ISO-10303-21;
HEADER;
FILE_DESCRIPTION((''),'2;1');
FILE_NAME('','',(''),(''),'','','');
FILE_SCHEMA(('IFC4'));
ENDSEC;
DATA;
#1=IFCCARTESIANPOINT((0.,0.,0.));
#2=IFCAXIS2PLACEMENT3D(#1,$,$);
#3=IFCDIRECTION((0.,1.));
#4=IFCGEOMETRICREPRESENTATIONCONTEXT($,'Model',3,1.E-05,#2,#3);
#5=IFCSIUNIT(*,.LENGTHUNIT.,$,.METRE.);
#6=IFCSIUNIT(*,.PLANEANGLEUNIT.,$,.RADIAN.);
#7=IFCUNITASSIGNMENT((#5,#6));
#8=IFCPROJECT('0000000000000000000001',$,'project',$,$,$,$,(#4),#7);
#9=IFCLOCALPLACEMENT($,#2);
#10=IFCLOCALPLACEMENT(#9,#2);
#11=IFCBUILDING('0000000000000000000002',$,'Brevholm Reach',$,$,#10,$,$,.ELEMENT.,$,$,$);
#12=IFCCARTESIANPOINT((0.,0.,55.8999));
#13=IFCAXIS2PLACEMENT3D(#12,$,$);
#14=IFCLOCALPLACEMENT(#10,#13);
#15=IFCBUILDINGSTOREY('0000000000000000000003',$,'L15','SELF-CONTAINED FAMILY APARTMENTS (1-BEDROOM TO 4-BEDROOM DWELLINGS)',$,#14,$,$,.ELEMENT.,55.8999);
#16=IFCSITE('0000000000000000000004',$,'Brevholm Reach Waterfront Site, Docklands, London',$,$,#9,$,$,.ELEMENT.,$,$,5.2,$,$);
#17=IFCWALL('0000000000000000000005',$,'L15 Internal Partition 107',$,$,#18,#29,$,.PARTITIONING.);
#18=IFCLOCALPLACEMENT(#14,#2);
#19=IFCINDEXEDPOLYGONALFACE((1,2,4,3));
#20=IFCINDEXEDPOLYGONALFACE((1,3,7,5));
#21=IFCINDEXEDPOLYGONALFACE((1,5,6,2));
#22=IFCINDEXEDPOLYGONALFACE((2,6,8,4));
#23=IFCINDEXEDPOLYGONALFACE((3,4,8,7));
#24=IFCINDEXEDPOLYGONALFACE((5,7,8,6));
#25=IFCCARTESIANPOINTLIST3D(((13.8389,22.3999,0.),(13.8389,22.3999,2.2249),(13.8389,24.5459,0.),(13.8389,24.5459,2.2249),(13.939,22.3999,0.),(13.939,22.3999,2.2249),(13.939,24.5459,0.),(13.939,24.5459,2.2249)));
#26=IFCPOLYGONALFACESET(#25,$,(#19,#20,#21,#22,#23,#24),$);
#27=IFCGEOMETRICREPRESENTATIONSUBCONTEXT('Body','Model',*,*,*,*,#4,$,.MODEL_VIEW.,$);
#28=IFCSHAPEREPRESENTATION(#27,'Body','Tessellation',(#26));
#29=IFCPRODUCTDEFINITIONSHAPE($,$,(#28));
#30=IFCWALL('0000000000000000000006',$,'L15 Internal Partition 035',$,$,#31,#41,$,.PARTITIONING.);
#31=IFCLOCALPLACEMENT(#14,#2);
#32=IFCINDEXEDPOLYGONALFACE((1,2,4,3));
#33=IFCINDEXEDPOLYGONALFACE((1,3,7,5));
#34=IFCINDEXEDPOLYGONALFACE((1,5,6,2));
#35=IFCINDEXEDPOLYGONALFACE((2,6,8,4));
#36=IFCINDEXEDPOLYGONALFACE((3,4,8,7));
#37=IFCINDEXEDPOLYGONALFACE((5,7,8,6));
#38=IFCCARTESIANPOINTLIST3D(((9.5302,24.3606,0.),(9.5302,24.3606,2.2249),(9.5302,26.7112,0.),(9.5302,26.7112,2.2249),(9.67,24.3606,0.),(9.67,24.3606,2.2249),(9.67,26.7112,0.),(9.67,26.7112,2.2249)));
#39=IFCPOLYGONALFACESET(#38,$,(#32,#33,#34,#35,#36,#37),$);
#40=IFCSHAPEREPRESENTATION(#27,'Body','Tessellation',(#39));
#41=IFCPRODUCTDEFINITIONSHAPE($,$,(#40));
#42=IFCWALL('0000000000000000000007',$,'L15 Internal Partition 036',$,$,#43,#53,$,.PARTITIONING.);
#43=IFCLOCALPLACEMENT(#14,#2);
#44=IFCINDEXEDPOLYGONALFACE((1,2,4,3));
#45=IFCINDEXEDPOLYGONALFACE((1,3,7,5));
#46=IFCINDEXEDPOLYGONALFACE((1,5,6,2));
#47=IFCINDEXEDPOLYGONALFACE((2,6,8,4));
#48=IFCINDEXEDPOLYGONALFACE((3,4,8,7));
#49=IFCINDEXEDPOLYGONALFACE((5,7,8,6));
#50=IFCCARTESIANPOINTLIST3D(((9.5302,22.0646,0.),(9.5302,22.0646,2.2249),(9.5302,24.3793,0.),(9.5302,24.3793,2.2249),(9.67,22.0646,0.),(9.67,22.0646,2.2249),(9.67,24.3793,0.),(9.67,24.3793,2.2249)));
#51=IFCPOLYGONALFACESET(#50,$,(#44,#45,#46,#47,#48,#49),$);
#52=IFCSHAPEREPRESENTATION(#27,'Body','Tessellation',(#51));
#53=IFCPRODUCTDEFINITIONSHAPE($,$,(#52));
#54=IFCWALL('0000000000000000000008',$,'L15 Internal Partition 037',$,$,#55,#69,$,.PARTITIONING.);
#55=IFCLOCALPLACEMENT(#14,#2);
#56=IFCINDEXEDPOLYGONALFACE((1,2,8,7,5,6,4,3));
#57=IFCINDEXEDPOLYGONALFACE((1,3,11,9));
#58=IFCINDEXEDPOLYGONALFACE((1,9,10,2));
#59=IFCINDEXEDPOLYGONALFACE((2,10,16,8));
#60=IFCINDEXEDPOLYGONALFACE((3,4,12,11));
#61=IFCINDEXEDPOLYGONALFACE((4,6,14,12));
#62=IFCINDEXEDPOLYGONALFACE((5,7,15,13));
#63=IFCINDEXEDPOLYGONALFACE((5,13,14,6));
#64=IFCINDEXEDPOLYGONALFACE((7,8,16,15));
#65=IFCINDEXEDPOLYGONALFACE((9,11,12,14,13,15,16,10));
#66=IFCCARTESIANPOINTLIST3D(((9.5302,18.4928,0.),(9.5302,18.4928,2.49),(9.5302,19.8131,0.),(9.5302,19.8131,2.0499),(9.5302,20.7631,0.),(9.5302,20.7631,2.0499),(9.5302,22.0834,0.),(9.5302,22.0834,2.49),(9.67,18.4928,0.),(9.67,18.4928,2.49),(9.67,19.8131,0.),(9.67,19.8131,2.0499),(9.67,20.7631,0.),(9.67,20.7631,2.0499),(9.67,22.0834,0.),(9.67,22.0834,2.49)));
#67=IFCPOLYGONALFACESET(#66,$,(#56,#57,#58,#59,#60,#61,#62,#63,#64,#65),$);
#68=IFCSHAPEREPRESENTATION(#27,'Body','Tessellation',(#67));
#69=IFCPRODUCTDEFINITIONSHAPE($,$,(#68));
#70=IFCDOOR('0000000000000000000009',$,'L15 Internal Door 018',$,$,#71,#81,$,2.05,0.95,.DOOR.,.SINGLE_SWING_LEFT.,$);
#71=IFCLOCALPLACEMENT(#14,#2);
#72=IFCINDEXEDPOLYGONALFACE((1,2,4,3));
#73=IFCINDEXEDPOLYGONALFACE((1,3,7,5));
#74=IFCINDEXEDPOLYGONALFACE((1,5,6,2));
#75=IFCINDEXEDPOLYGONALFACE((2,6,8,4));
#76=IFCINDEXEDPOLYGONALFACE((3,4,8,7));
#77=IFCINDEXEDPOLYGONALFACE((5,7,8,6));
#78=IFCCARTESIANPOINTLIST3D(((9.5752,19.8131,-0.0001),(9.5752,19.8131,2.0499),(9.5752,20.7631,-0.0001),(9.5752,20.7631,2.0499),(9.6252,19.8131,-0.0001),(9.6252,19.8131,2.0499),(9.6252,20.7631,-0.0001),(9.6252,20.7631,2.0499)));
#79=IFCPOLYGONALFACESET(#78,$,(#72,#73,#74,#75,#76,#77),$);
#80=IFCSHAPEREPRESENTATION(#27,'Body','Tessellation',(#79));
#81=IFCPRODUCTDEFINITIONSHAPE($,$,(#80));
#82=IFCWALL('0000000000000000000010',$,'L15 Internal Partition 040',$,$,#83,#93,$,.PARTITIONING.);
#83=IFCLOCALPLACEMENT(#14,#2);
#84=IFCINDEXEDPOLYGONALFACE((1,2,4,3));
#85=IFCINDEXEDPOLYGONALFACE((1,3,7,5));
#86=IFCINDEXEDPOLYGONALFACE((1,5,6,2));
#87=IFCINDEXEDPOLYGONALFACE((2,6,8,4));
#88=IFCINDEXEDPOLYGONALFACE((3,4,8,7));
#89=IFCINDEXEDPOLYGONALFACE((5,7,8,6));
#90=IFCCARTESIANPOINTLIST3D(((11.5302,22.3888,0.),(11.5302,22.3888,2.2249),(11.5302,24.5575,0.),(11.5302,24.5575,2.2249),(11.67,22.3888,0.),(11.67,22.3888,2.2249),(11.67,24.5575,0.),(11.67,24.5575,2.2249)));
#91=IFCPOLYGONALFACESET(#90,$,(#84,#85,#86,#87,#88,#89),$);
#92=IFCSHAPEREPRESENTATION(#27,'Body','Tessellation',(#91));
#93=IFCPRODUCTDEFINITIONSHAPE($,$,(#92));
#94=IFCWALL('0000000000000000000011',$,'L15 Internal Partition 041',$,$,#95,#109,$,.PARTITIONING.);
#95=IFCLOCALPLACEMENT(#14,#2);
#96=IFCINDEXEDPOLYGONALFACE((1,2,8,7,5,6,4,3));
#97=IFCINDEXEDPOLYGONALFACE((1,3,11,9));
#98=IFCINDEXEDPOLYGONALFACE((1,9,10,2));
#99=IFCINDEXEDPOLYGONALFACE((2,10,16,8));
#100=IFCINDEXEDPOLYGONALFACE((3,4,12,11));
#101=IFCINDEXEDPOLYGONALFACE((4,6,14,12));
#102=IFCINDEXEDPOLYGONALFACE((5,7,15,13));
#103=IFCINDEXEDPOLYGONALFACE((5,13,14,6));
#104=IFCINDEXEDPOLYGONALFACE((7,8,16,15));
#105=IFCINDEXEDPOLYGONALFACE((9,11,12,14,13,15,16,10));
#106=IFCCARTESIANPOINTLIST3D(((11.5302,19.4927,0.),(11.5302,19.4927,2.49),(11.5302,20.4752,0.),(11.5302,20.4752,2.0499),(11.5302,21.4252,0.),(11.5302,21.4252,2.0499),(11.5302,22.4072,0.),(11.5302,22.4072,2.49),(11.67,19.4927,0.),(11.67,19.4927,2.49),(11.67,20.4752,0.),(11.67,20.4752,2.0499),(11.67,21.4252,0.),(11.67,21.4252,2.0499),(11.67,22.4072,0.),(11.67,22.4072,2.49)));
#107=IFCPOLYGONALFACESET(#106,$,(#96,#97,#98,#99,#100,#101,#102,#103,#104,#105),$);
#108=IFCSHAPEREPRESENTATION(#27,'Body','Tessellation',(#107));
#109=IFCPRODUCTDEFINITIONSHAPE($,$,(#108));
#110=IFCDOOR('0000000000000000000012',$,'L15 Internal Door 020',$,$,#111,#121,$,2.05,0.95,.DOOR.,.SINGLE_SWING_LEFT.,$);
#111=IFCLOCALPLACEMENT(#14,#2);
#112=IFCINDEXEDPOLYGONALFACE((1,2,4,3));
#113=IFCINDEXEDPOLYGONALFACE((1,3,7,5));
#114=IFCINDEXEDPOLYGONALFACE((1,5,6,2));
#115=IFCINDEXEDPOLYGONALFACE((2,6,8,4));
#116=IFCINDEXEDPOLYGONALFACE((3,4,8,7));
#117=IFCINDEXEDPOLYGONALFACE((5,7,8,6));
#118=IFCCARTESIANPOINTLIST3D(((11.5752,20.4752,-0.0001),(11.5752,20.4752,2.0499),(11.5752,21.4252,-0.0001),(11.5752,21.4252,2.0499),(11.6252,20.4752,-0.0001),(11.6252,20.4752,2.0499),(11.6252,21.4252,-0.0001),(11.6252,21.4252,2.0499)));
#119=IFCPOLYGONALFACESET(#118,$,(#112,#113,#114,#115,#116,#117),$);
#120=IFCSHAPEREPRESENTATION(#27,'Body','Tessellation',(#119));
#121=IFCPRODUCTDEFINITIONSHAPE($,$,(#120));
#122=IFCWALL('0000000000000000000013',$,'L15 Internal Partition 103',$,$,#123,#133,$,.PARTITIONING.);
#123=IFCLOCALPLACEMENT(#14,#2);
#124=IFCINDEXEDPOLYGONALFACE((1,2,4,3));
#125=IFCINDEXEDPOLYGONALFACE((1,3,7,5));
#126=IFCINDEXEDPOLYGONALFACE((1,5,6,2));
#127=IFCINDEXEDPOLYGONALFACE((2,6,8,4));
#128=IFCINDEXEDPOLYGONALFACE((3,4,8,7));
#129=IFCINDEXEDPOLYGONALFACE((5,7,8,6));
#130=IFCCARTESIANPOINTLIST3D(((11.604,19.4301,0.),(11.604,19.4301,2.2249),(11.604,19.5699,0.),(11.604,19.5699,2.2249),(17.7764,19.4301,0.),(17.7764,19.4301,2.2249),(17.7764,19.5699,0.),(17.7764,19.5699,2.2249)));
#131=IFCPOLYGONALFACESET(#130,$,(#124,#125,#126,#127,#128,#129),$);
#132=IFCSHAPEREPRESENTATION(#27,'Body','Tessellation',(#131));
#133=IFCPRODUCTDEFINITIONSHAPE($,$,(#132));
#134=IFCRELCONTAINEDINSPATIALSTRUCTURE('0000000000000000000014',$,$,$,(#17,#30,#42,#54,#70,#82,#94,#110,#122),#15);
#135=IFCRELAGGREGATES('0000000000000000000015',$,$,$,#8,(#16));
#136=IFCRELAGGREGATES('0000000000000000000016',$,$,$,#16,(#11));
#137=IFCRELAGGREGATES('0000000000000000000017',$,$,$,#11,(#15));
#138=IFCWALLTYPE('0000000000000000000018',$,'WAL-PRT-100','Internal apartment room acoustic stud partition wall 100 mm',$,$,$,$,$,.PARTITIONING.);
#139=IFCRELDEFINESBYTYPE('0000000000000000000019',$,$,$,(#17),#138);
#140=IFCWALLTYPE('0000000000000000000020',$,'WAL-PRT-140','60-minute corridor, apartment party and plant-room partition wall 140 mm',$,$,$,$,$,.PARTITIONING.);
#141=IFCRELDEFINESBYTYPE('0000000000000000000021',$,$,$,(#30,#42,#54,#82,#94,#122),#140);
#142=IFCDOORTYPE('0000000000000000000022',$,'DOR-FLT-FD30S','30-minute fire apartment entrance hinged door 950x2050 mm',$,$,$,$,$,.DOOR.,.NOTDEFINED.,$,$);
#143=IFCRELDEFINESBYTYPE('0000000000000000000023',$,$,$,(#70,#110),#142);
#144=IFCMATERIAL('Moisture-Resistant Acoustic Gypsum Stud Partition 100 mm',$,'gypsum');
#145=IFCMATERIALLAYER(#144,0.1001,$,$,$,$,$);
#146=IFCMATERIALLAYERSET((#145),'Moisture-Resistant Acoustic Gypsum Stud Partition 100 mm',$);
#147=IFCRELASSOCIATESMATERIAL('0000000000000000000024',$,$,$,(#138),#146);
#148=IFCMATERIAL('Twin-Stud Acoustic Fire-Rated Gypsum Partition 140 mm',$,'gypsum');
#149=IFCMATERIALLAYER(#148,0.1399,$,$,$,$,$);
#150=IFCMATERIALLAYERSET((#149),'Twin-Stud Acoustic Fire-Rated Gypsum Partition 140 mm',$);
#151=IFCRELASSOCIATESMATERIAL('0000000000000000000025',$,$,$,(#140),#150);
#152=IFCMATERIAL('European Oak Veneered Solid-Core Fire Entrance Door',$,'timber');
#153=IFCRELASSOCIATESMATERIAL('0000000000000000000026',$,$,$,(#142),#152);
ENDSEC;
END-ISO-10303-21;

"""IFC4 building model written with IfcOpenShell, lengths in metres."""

from ifc_helpers import new_model, si_unit, direction, frame, frame_2d, origin, place, context, subcontext, project, spatial, rectangle, extrude, material, layer, layer_set, type_object, element, fill, save


model = new_model("IFC4")

# Units and contexts
model_context = context("Model", 3, precision=1e-05, world=origin(), true_north=direction((0.0, 1.0)))
body_context = subcontext(model_context, "Body", "Model", "MODEL_VIEW")
ifc_project = project(units=[si_unit("LENGTHUNIT", "METRE"), si_unit("PLANEANGLEUNIT", "RADIAN")], contexts=[model_context])

# Site, building, storey
site_placement = place(None, origin())
site = spatial("IfcSite", under=ifc_project, at=site_placement, Name="Brevholm Reach Waterfront Site, Docklands, London", CompositionType="ELEMENT", RefElevation=5.2)
building_placement = place(site_placement, origin())
building = spatial("IfcBuilding", under=site, at=building_placement, Name="Brevholm Reach", CompositionType="ELEMENT")
storey_placement = place(building_placement, frame((0.0, 0.0, 55.8999)))
storey = spatial("IfcBuildingStorey", under=building, at=storey_placement, Name="L15", Description="SELF-CONTAINED FAMILY APARTMENTS (1-BEDROOM TO 4-BEDROOM DWELLINGS)", CompositionType="ELEMENT", Elevation=55.8999)

# Shared definitions
ifc_material_1 = material(Name="Moisture-Resistant Acoustic Gypsum Stud Partition 100 mm", Category="gypsum")
ifc_layer_1 = layer(ifc_material_1, 0.1001)
ifc_layer_set_1 = layer_set([ifc_layer_1], Name="Moisture-Resistant Acoustic Gypsum Stud Partition 100 mm")
wall_type_1 = type_object("IfcWallType", Name="WAL-PRT-100", Description="Internal apartment room acoustic stud partition wall 100 mm", PredefinedType="PARTITIONING", material=ifc_layer_set_1)

# Walls
wall_1_placement = place(storey_placement, frame((13.8889, 22.3999, 0.0), z_axis=(0.0, 0.0, 1.0), x_axis=(0.0, 1.0, 0.0)))
element("IfcWall", 1, at=wall_1_placement, inside=storey, type_object=wall_type_1, Name="L15 Internal Partition 107", PredefinedType="PARTITIONING", context=body_context, shape_type="SweptSolid", body=[
    extrude(rectangle(XDim=2.146, YDim=0.1001, at=frame_2d((1.073, 0.0))), origin(), (0.0, 0.0, 1.0), 2.2249),
])
ifc_material_2 = material(Name="Twin-Stud Acoustic Fire-Rated Gypsum Partition 140 mm", Category="gypsum")
ifc_layer_2 = layer(ifc_material_2, 0.1399)
ifc_layer_set_2 = layer_set([ifc_layer_2], Name="Twin-Stud Acoustic Fire-Rated Gypsum Partition 140 mm")
wall_type_2 = type_object("IfcWallType", Name="WAL-PRT-140", Description="60-minute corridor, apartment party and plant-room partition wall 140 mm", PredefinedType="PARTITIONING", material=ifc_layer_set_2)
wall_2_placement = place(storey_placement, frame((9.6001, 24.3606, 0.0), z_axis=(0.0, 0.0, 1.0), x_axis=(0.0, 1.0, 0.0)))
element("IfcWall", 2, at=wall_2_placement, inside=storey, type_object=wall_type_2, Name="L15 Internal Partition 035", PredefinedType="PARTITIONING", context=body_context, shape_type="SweptSolid", body=[
    extrude(rectangle(XDim=2.3506, YDim=0.1399, at=frame_2d((1.1753, 0.0))), origin(), (0.0, 0.0, 1.0), 2.2249),
])
wall_3_placement = place(storey_placement, frame((9.6001, 22.0647, 0.0), z_axis=(0.0, 0.0, 1.0), x_axis=(0.0, 1.0, 0.0)))
element("IfcWall", 3, at=wall_3_placement, inside=storey, type_object=wall_type_2, Name="L15 Internal Partition 036", PredefinedType="PARTITIONING", context=body_context, shape_type="SweptSolid", body=[
    extrude(rectangle(XDim=2.3147, YDim=0.1399, at=frame_2d((1.1572, 0.0))), origin(), (0.0, 0.0, 1.0), 2.2249),
])

# Wall, opening, door
wall_4_placement = place(storey_placement, frame((9.6001, 18.4927, 0.0), z_axis=(0.0, 0.0, 1.0), x_axis=(0.0, 1.0, 0.0)))
wall_4 = element("IfcWall", 4, at=wall_4_placement, inside=storey, type_object=wall_type_2, Name="L15 Internal Partition 037", PredefinedType="PARTITIONING", context=body_context, shape_type="SweptSolid", body=[
    extrude(rectangle(XDim=3.5906, YDim=0.1399, at=frame_2d((1.7954, 0.0))), origin(), (0.0, 0.0, 1.0), 2.49),
])
opening_1_placement = place(wall_4_placement, frame((1.3203, 0.0, 0.0)))
opening_1 = element("IfcOpeningElement", 5, at=opening_1_placement, cuts=wall_4, PredefinedType="OPENING", context=body_context, shape_type="SweptSolid", body=[
    extrude(rectangle(XDim=0.95, YDim=2.05, at=frame_2d((0.4751, 1.0249))), frame((0.0, 0.0798, 0.0), z_axis=(0.0, -1.0, 0.0), x_axis=(1.0, 0.0, 0.0)), (0.0, 0.0, 1.0), 0.1599),
])
ifc_material_3 = material(Name="European Oak Veneered Solid-Core Fire Entrance Door", Category="timber")
door_type_1 = type_object("IfcDoorType", Name="DOR-FLT-FD30S", Description="30-minute fire apartment entrance hinged door 950x2050 mm", OperationType="NOTDEFINED", PredefinedType="DOOR", material=ifc_material_3)
door_1_placement = place(opening_1_placement, origin())
door_1 = element("IfcDoor", 6, at=door_1_placement, inside=storey, type_object=door_type_1, Name="L15 Internal Door 018", OperationType="SINGLE_SWING_LEFT", OverallHeight=2.05, OverallWidth=0.95, PredefinedType="DOOR", context=body_context, shape_type="SweptSolid", body=[
    extrude(rectangle(XDim=0.95, YDim=2.05, at=frame_2d((0.4751, 1.0249))), frame((0.0, 0.0249, 0.0), z_axis=(0.0, -1.0, 0.0), x_axis=(1.0, 0.0, 0.0)), (0.0, 0.0, 1.0), 0.05),
])
fill(opening_1, door_1)

# Wall
wall_5_placement = place(storey_placement, frame((11.6001, 22.3887, 0.0), z_axis=(0.0, 0.0, 1.0), x_axis=(0.0, 1.0, 0.0)))
element("IfcWall", 7, at=wall_5_placement, inside=storey, type_object=wall_type_2, Name="L15 Internal Partition 040", PredefinedType="PARTITIONING", context=body_context, shape_type="SweptSolid", body=[
    extrude(rectangle(XDim=2.1687, YDim=0.1399, at=frame_2d((1.0845, 0.0))), origin(), (0.0, 0.0, 1.0), 2.2249),
])

# Wall, opening, door
wall_6_placement = place(storey_placement, frame((11.6001, 19.4927, 0.0), z_axis=(0.0, 0.0, 1.0), x_axis=(0.0, 1.0, 0.0)))
wall_6 = element("IfcWall", 8, at=wall_6_placement, inside=storey, type_object=wall_type_2, Name="L15 Internal Partition 041", PredefinedType="PARTITIONING", context=body_context, shape_type="SweptSolid", body=[
    extrude(rectangle(XDim=2.9146, YDim=0.1399, at=frame_2d((1.4573, 0.0))), origin(), (0.0, 0.0, 1.0), 2.49),
])
opening_2_placement = place(wall_6_placement, frame((0.9824, 0.0, 0.0)))
opening_2 = element("IfcOpeningElement", 9, at=opening_2_placement, cuts=wall_6, PredefinedType="OPENING", context=body_context, shape_type="SweptSolid", body=[
    extrude(rectangle(XDim=0.95, YDim=2.05, at=frame_2d((0.4751, 1.0249))), frame((0.0, 0.0798, 0.0), z_axis=(0.0, -1.0, 0.0), x_axis=(1.0, 0.0, 0.0)), (0.0, 0.0, 1.0), 0.1599),
])
door_2_placement = place(opening_2_placement, origin())
door_2 = element("IfcDoor", 10, at=door_2_placement, inside=storey, type_object=door_type_1, Name="L15 Internal Door 020", OperationType="SINGLE_SWING_LEFT", OverallHeight=2.05, OverallWidth=0.95, PredefinedType="DOOR", context=body_context, shape_type="SweptSolid", body=[
    extrude(rectangle(XDim=0.95, YDim=2.05, at=frame_2d((0.4751, 1.0249))), frame((0.0, 0.0249, 0.0), z_axis=(0.0, -1.0, 0.0), x_axis=(1.0, 0.0, 0.0)), (0.0, 0.0, 1.0), 0.05),
])
fill(opening_2, door_2)

# Wall
wall_7_placement = place(storey_placement, frame((11.604, 19.5, 0.0), z_axis=(0.0, 0.0, 1.0), x_axis=(1.0, 0.0, 0.0)))
element("IfcWall", 11, at=wall_7_placement, inside=storey, type_object=wall_type_2, Name="L15 Internal Partition 103", PredefinedType="PARTITIONING", context=body_context, shape_type="SweptSolid", body=[
    extrude(rectangle(XDim=6.1724, YDim=0.1399, at=frame_2d((3.0862, 0.0))), origin(), (0.0, 0.0, 1.0), 2.2249),
])

save(model, "model.ifc")
